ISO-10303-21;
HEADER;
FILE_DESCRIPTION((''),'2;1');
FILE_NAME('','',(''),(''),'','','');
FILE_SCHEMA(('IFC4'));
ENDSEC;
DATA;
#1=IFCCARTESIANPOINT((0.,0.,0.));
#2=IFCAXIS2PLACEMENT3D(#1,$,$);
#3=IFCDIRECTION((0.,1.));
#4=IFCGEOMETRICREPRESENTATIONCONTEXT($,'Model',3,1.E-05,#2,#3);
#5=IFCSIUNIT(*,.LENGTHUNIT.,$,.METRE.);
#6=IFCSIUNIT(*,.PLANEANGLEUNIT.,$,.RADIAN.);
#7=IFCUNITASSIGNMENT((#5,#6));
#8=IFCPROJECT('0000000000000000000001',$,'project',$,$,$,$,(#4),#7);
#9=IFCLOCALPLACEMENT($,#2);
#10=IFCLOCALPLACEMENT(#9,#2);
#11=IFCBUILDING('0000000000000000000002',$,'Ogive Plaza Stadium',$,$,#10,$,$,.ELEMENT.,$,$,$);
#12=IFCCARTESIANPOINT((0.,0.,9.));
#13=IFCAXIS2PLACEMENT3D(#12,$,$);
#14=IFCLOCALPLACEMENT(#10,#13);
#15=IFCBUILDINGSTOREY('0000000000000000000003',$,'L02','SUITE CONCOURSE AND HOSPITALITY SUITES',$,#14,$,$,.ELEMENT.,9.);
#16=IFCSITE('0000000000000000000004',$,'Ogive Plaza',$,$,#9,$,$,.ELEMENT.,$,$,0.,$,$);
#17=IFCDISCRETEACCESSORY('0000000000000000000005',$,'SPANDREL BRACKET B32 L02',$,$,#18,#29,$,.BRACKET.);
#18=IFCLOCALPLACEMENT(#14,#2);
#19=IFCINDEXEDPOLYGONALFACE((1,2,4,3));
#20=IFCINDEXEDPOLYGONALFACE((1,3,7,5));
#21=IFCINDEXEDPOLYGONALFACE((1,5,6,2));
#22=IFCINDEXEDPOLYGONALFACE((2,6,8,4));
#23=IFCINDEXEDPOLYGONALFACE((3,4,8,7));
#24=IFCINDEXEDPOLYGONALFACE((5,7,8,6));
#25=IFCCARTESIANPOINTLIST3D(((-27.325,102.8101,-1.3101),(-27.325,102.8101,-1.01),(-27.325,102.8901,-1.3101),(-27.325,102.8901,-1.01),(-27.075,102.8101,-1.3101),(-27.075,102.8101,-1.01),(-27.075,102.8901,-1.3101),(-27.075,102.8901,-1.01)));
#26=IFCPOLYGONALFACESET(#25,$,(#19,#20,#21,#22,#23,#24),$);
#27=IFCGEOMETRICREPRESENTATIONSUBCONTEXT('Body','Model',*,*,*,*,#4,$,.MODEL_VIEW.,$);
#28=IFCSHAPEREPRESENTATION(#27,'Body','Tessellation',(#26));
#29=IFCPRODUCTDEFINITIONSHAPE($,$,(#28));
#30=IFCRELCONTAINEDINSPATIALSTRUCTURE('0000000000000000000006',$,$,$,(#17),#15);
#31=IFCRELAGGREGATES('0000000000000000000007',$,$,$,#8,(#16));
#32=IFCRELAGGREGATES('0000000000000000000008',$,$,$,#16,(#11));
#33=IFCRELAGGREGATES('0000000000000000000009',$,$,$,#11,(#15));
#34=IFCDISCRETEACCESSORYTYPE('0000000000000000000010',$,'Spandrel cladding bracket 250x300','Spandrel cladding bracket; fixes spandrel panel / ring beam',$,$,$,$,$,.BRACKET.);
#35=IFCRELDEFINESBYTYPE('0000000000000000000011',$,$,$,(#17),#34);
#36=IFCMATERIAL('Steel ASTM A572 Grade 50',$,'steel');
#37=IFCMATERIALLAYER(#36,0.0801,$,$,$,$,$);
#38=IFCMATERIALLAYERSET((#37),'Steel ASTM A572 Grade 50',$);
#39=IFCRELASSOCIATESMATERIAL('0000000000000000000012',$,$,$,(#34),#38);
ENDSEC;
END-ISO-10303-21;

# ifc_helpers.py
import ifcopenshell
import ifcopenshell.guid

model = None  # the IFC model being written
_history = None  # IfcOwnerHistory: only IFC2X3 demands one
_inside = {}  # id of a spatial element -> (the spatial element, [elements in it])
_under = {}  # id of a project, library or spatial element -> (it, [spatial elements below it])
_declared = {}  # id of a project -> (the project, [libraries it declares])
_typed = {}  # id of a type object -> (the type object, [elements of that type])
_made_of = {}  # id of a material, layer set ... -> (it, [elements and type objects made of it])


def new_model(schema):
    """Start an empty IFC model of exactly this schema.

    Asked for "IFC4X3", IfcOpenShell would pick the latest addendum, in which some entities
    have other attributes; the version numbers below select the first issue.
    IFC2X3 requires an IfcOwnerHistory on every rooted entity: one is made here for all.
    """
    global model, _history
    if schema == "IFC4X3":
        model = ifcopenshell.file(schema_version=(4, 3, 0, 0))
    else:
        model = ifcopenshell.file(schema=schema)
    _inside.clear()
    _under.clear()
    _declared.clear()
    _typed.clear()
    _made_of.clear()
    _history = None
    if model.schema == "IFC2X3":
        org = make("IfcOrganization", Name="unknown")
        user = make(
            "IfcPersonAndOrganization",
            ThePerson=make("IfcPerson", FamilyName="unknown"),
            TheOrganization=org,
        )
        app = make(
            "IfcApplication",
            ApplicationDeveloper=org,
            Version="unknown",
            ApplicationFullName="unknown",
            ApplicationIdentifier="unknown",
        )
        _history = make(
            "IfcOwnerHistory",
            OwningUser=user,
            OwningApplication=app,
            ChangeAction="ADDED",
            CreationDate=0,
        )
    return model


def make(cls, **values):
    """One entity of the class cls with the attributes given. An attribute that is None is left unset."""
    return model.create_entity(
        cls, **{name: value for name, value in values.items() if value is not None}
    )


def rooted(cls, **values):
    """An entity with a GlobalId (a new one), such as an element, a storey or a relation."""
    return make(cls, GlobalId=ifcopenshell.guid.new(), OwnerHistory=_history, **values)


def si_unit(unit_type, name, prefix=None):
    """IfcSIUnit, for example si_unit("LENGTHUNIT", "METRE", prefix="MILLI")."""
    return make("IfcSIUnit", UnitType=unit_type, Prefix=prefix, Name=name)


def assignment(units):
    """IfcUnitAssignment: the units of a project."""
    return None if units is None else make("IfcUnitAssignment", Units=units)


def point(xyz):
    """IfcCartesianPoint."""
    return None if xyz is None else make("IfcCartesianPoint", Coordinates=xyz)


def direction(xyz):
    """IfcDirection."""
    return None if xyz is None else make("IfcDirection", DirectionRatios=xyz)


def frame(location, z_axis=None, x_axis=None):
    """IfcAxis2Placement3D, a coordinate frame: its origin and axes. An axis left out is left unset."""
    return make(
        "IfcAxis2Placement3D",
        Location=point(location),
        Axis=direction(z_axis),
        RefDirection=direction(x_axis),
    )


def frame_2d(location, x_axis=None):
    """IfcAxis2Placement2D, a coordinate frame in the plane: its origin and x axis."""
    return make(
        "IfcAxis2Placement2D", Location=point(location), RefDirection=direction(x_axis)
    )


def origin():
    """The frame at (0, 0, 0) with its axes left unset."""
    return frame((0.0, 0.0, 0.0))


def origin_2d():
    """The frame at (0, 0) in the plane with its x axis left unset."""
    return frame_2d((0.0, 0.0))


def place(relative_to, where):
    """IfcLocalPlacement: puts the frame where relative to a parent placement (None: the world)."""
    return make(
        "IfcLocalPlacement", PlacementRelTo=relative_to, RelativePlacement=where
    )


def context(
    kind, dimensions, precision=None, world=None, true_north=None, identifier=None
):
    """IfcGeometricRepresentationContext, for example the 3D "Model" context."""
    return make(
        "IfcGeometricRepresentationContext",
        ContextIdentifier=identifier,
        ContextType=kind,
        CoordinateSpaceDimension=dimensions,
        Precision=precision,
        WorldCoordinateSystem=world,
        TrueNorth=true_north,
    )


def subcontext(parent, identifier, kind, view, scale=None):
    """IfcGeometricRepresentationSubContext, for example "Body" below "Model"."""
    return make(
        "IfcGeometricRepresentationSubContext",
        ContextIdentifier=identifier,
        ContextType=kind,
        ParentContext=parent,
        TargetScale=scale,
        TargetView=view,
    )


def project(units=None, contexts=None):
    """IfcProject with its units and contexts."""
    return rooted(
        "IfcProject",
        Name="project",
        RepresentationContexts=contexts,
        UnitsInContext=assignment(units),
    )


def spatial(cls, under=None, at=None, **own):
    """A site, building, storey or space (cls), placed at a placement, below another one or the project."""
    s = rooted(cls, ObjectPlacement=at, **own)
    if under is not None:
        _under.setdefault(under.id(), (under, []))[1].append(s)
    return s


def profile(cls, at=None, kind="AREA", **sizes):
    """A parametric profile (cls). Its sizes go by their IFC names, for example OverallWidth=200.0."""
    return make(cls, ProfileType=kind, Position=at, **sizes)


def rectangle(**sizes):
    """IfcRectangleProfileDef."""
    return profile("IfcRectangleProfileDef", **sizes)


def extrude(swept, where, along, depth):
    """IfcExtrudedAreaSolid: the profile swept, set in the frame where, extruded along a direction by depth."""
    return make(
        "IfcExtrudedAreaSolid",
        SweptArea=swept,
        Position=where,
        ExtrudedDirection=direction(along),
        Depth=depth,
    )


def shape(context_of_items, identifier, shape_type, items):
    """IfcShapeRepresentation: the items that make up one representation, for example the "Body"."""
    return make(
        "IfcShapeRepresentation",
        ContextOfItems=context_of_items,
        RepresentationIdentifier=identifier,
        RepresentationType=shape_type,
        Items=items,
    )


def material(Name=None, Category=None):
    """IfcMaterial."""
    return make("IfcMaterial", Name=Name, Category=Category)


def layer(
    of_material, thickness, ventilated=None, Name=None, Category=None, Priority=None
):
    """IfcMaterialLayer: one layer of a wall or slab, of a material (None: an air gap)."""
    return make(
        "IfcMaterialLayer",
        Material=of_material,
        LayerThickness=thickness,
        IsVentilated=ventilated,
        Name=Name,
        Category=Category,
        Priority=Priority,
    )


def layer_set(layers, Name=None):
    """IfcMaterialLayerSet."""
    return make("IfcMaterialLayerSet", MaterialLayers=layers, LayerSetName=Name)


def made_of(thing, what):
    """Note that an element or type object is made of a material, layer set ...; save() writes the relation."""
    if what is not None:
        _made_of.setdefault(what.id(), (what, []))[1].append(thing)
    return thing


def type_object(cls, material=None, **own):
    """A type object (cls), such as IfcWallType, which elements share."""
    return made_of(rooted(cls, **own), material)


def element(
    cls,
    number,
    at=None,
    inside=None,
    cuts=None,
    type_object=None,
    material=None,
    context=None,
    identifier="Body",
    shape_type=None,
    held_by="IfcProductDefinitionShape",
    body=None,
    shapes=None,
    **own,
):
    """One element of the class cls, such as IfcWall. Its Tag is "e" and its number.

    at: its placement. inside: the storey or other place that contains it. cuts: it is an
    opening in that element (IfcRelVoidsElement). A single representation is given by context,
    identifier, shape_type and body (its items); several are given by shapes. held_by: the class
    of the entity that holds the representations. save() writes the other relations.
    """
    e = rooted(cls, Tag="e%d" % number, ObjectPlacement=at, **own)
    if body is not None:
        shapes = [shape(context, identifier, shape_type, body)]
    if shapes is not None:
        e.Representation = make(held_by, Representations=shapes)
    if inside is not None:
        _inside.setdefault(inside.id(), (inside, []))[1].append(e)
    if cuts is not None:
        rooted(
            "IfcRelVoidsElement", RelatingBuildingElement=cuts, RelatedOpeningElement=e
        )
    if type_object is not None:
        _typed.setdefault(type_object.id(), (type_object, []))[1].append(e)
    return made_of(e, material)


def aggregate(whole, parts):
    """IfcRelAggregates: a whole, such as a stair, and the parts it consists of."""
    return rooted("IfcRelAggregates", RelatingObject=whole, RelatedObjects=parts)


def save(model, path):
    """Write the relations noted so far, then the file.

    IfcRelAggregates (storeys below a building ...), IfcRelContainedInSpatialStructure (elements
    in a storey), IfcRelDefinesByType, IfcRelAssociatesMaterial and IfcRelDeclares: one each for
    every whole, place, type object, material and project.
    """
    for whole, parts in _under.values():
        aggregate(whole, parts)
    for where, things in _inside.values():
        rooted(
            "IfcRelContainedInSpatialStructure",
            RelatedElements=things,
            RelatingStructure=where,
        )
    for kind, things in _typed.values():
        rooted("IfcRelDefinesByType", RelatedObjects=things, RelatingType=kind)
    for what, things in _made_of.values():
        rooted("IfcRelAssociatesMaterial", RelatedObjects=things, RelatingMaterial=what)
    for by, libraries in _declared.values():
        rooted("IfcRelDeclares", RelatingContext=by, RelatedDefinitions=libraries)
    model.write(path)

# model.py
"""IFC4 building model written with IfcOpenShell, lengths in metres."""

from ifc_helpers import new_model, si_unit, direction, frame, origin, origin_2d, place, context, subcontext, project, spatial, rectangle, extrude, material, layer, layer_set, type_object, element, save


model = new_model("IFC4")

# Units and contexts
model_context = context("Model", 3, precision=1e-05, world=origin(), true_north=direction((0.0, 1.0)))
body_context = subcontext(model_context, "Body", "Model", "MODEL_VIEW")
ifc_project = project(units=[si_unit("LENGTHUNIT", "METRE"), si_unit("PLANEANGLEUNIT", "RADIAN")], contexts=[model_context])

# Site, building, storey
site_placement = place(None, origin())
site = spatial("IfcSite", under=ifc_project, at=site_placement, Name="Ogive Plaza", CompositionType="ELEMENT", RefElevation=0.0)
building_placement = place(site_placement, origin())
building = spatial("IfcBuilding", under=site, at=building_placement, Name="Ogive Plaza Stadium", CompositionType="ELEMENT")
storey_placement = place(building_placement, frame((0.0, 0.0, 9.0)))
storey = spatial("IfcBuildingStorey", under=building, at=storey_placement, Name="L02", Description="SUITE CONCOURSE AND HOSPITALITY SUITES", CompositionType="ELEMENT", Elevation=9.0)

# Discrete accessory
ifc_material_1 = material(Name="Steel ASTM A572 Grade 50", Category="steel")
ifc_layer_1 = layer(ifc_material_1, 0.0801)
ifc_layer_set_1 = layer_set([ifc_layer_1], Name="Steel ASTM A572 Grade 50")
discrete_accessory_type = type_object("IfcDiscreteAccessoryType", Name="Spandrel cladding bracket 250x300", Description="Spandrel cladding bracket; fixes spandrel panel / ring beam", PredefinedType="BRACKET", material=ifc_layer_set_1)
discrete_accessory_placement = place(storey_placement, frame((-27.2, 102.8501, -1.3101), z_axis=(0.0, 0.0, 1.0), x_axis=(1.0, 0.0, 0.0)))
element("IfcDiscreteAccessory", 1, at=discrete_accessory_placement, inside=storey, type_object=discrete_accessory_type, Name="SPANDREL BRACKET B32 L02", PredefinedType="BRACKET", context=body_context, shape_type="SweptSolid", body=[
    extrude(rectangle(XDim=0.25, YDim=0.0801, at=origin_2d()), origin(), (0.0, 0.0, 1.0), 0.3),
])

save(model, "model.ifc")
